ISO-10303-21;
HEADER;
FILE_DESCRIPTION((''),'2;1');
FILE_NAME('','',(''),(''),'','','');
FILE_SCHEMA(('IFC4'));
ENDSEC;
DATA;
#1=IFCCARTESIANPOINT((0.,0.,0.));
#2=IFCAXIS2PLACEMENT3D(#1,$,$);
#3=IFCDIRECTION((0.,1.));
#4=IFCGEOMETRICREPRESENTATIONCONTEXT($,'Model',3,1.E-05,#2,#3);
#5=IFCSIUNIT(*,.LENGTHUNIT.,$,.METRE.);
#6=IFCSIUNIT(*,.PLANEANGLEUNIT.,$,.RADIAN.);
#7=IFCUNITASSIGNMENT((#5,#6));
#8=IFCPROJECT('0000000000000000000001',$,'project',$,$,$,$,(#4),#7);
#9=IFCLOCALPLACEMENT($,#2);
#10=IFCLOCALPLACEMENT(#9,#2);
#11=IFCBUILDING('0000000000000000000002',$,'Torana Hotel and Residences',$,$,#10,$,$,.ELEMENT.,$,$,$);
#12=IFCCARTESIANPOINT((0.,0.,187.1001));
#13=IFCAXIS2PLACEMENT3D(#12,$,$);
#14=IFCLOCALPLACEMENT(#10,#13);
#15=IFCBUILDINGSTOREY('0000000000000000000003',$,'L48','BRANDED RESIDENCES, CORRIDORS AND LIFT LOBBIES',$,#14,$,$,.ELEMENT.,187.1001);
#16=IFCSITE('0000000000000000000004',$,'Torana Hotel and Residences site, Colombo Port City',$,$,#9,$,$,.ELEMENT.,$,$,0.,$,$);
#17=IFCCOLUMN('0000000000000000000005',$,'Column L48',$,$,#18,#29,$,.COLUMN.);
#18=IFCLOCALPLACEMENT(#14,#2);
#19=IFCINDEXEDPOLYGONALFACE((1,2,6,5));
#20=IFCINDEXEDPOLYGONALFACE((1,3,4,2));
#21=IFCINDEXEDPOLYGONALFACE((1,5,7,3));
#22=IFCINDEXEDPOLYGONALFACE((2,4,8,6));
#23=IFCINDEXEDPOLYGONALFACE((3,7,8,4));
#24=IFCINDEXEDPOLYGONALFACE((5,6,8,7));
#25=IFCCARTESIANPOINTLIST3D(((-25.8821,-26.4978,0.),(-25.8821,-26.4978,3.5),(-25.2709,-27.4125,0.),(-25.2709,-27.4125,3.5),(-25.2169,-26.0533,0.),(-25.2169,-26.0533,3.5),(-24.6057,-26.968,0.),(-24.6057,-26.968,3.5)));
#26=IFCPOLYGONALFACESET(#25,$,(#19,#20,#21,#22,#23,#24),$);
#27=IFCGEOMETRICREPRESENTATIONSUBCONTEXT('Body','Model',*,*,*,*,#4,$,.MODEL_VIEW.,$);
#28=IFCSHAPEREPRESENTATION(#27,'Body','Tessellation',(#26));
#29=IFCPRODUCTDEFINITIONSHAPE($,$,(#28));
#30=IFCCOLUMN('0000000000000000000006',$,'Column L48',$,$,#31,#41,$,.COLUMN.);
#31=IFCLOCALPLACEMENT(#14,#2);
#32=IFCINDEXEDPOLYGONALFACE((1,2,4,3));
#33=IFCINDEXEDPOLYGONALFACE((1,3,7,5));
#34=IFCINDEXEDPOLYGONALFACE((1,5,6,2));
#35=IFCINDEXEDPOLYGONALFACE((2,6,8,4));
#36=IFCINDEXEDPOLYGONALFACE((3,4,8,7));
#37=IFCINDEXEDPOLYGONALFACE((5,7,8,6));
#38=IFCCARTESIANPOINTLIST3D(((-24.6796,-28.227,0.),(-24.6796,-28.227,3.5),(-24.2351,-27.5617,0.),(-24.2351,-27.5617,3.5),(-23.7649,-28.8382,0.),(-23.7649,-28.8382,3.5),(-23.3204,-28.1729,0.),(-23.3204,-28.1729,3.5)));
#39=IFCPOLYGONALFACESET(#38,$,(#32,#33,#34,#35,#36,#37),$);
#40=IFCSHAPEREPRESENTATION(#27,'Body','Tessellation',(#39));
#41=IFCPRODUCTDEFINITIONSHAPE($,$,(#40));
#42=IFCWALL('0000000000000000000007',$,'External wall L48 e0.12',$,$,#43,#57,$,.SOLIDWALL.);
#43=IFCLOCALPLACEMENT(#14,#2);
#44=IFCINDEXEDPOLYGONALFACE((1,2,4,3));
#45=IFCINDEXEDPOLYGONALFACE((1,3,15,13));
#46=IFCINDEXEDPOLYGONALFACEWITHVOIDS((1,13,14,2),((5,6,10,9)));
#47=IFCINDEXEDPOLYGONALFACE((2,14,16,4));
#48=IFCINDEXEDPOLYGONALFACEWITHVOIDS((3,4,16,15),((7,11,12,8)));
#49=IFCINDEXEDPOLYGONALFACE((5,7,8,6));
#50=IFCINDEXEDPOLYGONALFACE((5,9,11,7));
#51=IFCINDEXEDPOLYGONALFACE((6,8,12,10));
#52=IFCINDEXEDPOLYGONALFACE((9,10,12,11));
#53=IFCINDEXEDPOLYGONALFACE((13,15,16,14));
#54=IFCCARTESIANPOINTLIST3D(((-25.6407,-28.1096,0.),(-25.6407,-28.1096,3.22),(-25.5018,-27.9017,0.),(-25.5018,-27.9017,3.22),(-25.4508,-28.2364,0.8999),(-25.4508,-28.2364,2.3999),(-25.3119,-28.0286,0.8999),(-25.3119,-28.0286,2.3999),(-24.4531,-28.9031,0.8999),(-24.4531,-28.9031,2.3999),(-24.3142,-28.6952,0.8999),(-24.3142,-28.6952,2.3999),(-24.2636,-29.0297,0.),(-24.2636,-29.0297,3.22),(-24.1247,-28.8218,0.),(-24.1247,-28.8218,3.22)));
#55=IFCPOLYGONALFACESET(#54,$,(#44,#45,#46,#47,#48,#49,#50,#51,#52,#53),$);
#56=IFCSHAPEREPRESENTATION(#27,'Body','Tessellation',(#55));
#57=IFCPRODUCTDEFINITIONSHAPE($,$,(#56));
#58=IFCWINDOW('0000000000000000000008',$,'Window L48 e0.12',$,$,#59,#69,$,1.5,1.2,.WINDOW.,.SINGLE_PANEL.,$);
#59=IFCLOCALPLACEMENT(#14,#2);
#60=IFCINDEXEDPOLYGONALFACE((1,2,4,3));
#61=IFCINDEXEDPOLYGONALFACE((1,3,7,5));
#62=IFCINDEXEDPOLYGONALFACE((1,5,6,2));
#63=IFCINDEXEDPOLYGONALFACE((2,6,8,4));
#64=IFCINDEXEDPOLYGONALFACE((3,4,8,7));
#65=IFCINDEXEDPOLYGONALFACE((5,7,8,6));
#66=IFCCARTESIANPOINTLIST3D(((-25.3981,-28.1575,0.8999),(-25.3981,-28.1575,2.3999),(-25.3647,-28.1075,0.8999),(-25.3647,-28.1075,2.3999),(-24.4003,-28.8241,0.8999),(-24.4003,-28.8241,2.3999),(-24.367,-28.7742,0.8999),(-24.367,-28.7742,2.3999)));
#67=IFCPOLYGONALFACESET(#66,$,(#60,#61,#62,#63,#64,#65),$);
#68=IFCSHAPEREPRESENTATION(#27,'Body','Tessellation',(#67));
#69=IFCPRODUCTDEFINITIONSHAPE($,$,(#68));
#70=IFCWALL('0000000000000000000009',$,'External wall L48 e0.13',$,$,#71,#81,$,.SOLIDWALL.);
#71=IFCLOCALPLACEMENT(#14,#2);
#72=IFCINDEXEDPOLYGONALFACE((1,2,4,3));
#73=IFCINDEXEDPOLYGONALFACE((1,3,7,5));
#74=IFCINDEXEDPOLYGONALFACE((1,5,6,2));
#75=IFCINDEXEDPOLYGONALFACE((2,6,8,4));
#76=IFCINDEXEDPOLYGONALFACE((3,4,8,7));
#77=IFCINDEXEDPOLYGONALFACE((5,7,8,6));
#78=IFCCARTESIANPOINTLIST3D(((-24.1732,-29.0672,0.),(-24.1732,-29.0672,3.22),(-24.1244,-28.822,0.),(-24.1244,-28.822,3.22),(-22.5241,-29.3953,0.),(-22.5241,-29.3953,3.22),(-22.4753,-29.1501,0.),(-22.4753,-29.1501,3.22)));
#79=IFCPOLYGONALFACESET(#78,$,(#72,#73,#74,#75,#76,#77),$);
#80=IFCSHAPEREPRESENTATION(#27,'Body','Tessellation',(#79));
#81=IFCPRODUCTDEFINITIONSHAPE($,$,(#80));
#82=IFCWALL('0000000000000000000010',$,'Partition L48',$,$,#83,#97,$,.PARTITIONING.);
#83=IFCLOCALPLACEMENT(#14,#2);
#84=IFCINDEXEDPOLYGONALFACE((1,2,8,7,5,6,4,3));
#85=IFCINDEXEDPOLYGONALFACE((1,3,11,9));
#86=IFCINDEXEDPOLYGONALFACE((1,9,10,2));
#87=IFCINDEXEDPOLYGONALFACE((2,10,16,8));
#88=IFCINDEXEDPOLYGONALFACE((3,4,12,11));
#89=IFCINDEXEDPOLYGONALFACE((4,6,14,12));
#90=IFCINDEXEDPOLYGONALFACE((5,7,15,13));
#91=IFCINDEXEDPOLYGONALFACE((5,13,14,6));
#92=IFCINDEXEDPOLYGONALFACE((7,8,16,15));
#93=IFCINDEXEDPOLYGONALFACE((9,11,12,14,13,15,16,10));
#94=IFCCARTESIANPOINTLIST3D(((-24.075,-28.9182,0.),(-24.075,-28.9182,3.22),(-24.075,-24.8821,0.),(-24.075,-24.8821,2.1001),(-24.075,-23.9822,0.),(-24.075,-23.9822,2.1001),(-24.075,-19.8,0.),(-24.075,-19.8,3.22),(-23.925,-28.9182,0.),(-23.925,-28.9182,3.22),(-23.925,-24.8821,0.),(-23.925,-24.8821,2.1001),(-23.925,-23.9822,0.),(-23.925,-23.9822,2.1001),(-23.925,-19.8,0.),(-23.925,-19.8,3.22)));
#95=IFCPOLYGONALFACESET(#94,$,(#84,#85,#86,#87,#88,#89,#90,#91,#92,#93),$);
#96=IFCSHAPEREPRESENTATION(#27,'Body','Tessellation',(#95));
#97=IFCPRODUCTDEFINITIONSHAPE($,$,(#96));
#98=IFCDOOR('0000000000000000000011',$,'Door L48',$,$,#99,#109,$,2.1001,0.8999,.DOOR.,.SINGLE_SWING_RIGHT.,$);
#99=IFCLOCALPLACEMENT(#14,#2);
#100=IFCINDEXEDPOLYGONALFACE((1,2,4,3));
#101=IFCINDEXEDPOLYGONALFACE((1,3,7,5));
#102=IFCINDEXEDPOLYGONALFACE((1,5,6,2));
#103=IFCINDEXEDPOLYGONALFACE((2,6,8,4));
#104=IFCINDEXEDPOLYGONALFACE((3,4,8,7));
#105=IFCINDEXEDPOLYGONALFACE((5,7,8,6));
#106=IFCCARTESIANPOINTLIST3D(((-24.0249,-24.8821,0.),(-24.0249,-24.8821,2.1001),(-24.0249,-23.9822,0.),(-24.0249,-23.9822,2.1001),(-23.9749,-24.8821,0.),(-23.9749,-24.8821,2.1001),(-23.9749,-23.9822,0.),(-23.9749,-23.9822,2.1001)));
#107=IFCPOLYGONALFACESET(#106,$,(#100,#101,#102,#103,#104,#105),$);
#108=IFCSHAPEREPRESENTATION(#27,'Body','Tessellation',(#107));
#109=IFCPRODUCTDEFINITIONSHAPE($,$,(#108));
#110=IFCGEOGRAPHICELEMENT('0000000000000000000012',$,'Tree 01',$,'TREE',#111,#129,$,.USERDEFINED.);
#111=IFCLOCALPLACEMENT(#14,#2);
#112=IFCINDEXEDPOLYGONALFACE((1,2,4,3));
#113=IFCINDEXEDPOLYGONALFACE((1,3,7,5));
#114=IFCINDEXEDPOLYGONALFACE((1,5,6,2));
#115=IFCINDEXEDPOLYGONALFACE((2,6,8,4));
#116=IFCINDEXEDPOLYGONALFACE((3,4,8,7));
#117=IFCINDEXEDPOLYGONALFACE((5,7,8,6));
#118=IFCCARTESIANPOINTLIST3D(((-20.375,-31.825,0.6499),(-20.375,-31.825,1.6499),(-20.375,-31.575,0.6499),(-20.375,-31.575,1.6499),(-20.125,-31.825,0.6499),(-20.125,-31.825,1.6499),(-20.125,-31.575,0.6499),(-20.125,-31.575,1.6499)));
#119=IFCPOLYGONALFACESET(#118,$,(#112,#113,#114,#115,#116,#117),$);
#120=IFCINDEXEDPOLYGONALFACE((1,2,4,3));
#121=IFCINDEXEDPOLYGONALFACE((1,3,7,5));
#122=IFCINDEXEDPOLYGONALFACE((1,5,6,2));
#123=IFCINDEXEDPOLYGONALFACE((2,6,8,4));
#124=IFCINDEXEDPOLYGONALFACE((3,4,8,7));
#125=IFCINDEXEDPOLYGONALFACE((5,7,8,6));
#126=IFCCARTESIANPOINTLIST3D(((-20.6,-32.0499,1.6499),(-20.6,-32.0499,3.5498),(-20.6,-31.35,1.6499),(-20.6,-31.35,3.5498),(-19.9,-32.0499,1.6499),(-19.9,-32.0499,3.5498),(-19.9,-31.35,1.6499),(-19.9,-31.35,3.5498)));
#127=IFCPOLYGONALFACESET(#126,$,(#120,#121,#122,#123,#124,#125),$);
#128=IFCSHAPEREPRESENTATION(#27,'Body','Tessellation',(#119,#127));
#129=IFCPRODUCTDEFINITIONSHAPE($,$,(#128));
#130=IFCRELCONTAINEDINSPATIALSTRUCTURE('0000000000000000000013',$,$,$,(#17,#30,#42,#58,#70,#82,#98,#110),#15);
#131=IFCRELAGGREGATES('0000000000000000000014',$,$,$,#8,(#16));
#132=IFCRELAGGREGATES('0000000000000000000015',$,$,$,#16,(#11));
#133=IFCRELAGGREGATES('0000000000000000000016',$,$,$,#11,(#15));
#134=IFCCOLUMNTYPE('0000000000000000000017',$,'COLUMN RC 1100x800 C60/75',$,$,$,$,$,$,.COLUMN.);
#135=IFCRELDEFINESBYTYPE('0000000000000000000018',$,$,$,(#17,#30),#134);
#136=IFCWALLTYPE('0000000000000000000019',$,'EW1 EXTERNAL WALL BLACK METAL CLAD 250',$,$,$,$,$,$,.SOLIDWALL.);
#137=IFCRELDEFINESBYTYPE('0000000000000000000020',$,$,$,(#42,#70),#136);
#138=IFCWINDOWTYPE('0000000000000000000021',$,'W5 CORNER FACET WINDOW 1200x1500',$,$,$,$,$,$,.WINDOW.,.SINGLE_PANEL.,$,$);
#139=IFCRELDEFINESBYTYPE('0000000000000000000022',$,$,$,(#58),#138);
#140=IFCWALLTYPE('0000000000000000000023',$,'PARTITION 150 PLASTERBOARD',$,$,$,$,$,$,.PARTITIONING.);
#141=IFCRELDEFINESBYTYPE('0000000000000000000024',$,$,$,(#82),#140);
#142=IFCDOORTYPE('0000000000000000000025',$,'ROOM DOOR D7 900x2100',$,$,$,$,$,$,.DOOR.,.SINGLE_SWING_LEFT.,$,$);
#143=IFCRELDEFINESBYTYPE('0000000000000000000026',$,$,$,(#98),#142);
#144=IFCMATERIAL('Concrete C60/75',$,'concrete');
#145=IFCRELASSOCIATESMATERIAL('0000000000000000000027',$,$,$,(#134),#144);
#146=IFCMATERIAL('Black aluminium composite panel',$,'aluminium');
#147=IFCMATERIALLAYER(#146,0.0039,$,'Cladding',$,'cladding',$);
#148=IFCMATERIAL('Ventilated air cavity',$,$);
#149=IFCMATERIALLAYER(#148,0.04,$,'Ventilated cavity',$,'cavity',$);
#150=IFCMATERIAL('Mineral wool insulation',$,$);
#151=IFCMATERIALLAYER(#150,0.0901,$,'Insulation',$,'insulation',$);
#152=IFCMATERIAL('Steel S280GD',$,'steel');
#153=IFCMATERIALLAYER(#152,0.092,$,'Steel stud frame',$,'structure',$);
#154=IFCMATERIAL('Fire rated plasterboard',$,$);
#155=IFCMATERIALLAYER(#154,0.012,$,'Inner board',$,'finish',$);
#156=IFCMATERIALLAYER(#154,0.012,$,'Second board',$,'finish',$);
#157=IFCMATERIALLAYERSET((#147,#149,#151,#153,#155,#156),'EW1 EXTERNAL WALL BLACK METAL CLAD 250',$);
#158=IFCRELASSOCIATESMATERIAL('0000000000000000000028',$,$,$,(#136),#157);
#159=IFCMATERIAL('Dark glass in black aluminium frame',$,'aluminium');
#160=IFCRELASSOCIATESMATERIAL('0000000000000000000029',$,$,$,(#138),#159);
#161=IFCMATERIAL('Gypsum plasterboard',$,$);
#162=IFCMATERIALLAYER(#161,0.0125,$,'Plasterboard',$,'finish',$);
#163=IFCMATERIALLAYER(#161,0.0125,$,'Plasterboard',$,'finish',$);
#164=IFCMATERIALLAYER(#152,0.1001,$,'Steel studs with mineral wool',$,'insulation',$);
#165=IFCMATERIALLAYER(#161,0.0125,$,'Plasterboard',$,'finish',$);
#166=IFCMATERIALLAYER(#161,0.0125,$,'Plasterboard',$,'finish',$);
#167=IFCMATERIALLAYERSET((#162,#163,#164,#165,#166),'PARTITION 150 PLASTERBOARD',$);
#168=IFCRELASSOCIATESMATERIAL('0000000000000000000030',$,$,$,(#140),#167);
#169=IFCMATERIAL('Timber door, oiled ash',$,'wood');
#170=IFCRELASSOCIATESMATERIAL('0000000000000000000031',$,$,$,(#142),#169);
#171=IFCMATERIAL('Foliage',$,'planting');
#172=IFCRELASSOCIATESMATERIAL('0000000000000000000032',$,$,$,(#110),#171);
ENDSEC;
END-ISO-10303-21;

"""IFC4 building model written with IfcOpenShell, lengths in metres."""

from ifc_helpers import new_model, si_unit, direction, frame, frame_2d, origin, origin_2d, place, context, subcontext, project, spatial, rectangle, extrude, material, layer, layer_set, material_profile, profile_set, type_object, element, fill, save


model = new_model("IFC4")

# Units and contexts
model_context = context("Model", 3, precision=1e-05, world=origin(), true_north=direction((0.0, 1.0)))
body_context = subcontext(model_context, "Body", "Model", "MODEL_VIEW")
ifc_project = project(units=[si_unit("LENGTHUNIT", "METRE"), si_unit("PLANEANGLEUNIT", "RADIAN")], contexts=[model_context])

# Site, building, storey
site_placement = place(None, origin())
site = spatial("IfcSite", under=ifc_project, at=site_placement, Name="Torana Hotel and Residences site, Colombo Port City", CompositionType="ELEMENT", RefElevation=0.0)
building_placement = place(site_placement, origin())
building = spatial("IfcBuilding", under=site, at=building_placement, Name="Torana Hotel and Residences", CompositionType="ELEMENT")
storey_placement = place(building_placement, frame((0.0, 0.0, 187.1001)))
storey = spatial("IfcBuildingStorey", under=building, at=storey_placement, Name="L48", Description="BRANDED RESIDENCES, CORRIDORS AND LIFT LOBBIES", CompositionType="ELEMENT", Elevation=187.1001)

# Columns
ifc_material_1 = material(Name="Concrete C60/75", Category="concrete")
ifc_material_profile = material_profile(ifc_material_1, rectangle(XDim=1.1001, YDim=0.8, at=origin_2d()), Name="RC 1100x800")
ifc_profile_set = profile_set([ifc_material_profile], Name="Concrete C60/75")
column_type = type_object("IfcColumnType", Name="COLUMN RC 1100x800 C60/75", PredefinedType="COLUMN", material=ifc_profile_set)
for number, where, z_axis, x_axis, name in (
    (1, (-25.2439, -26.7329, 0.0), (0.0, 0.0, 1.0), (-0.555585, 0.83146, 0.0), "Column L48"),
    (2, (-24.0, -28.2, 0.0), (0.0, 0.0, 1.0), (-0.83146, 0.555585, 0.0), "Column L48"),
):
    element("IfcColumn", number, at=place(storey_placement, frame(where, z_axis=z_axis, x_axis=x_axis)), inside=storey, type_object=column_type, Name=name, PredefinedType="COLUMN", context=body_context, shape_type="SweptSolid", body=[
        extrude(rectangle(XDim=1.1001, YDim=0.8, at=origin_2d()), origin(), (0.0, 0.0, 1.0), 3.5),
    ])

# Wall, opening, window
ifc_material_2 = material(Name="Black aluminium composite panel", Category="aluminium")
ifc_layer_1 = layer(ifc_material_2, 0.0039, Name="Cladding", Category="cladding")
ifc_material_3 = material(Name="Ventilated air cavity")
ifc_layer_2 = layer(ifc_material_3, 0.04, Name="Ventilated cavity", Category="cavity")
ifc_material_4 = material(Name="Mineral wool insulation")
ifc_layer_3 = layer(ifc_material_4, 0.0901, Name="Insulation", Category="insulation")
ifc_material_5 = material(Name="Steel S280GD", Category="steel")
ifc_layer_4 = layer(ifc_material_5, 0.092, Name="Steel stud frame", Category="structure")
ifc_material_6 = material(Name="Fire rated plasterboard")
ifc_layer_5 = layer(ifc_material_6, 0.012, Name="Inner board", Category="finish")
ifc_layer_6 = layer(ifc_material_6, 0.012, Name="Second board", Category="finish")
ifc_layer_set_1 = layer_set([ifc_layer_1, ifc_layer_2, ifc_layer_3, ifc_layer_4, ifc_layer_5, ifc_layer_6], Name="EW1 EXTERNAL WALL BLACK METAL CLAD 250")
wall_type_1 = type_object("IfcWallType", Name="EW1 EXTERNAL WALL BLACK METAL CLAD 250", PredefinedType="SOLIDWALL", material=ifc_layer_set_1)
wall_1_placement = place(storey_placement, frame((-25.5713, -28.0056, 0.0), z_axis=(0.0, 0.0, 1.0), x_axis=(0.831483, -0.55555, 0.0)))
wall_1 = element("IfcWall", 3, at=wall_1_placement, inside=storey, type_object=wall_type_1, Name="External wall L48 e0.12", PredefinedType="SOLIDWALL", context=body_context, shape_type="SweptSolid", body=[
    extrude(rectangle(XDim=1.6562, YDim=0.25, at=frame_2d((0.8281, 0.0))), origin(), (0.0, 0.0, 1.0), 3.22),
])
opening_1_placement = place(wall_1_placement, frame((0.2283, 0.0, 0.8999)))
opening_1 = element("IfcOpeningElement", 4, at=opening_1_placement, cuts=wall_1, PredefinedType="OPENING", context=body_context, shape_type="SweptSolid", body=[
    extrude(rectangle(XDim=1.2, YDim=1.5, at=frame_2d((0.6001, 0.75))), frame((0.0, 0.135, 0.0), z_axis=(0.0, -1.0, 0.0), x_axis=(1.0, 0.0, 0.0)), (0.0, 0.0, 1.0), 0.27),
])
ifc_material_7 = material(Name="Dark glass in black aluminium frame", Category="aluminium")
window_type_1 = type_object("IfcWindowType", Name="W5 CORNER FACET WINDOW 1200x1500", PartitioningType="SINGLE_PANEL", PredefinedType="WINDOW", material=ifc_material_7)
window_1_placement = place(opening_1_placement, origin())
window_1 = element("IfcWindow", 5, at=window_1_placement, inside=storey, type_object=window_type_1, Name="Window L48 e0.12", OverallHeight=1.5, OverallWidth=1.2, PartitioningType="SINGLE_PANEL", PredefinedType="WINDOW", context=body_context, shape_type="SweptSolid", body=[
    extrude(rectangle(XDim=1.2, YDim=1.5, at=frame_2d((0.6001, 0.75))), frame((0.0, 0.03, 0.0), z_axis=(0.0, -1.0, 0.0), x_axis=(1.0, 0.0, 0.0)), (0.0, 0.0, 1.0), 0.0601),
])
fill(opening_1, window_1)

# Wall
wall_2_placement = place(storey_placement, frame((-24.1489, -28.9446, 0.0), z_axis=(0.0, 0.0, 1.0), x_axis=(0.980776, -0.195139, 0.0)))
element("IfcWall", 6, at=wall_2_placement, inside=storey, type_object=wall_type_1, Name="External wall L48 e0.13", PredefinedType="SOLIDWALL", context=body_context, shape_type="SweptSolid", body=[
    extrude(rectangle(XDim=1.6814, YDim=0.25, at=frame_2d((0.8408, 0.0))), origin(), (0.0, 0.0, 1.0), 3.22),
])

# Wall, opening, door
ifc_material_8 = material(Name="Gypsum plasterboard")
ifc_layer_7 = layer(ifc_material_8, 0.0125, Name="Plasterboard", Category="finish")
ifc_layer_8 = layer(ifc_material_8, 0.0125, Name="Plasterboard", Category="finish")
ifc_layer_9 = layer(ifc_material_5, 0.1001, Name="Steel studs with mineral wool", Category="insulation")
ifc_layer_10 = layer(ifc_material_8, 0.0125, Name="Plasterboard", Category="finish")
ifc_layer_11 = layer(ifc_material_8, 0.0125, Name="Plasterboard", Category="finish")
ifc_layer_set_2 = layer_set([ifc_layer_7, ifc_layer_8, ifc_layer_9, ifc_layer_10, ifc_layer_11], Name="PARTITION 150 PLASTERBOARD")
wall_type_2 = type_object("IfcWallType", Name="PARTITION 150 PLASTERBOARD", PredefinedType="PARTITIONING", material=ifc_layer_set_2)
wall_3_placement = place(storey_placement, frame((-24.0, -28.9182, 0.0), z_axis=(0.0, 0.0, 1.0), x_axis=(0.0, 1.0, 0.0)))
wall_3 = element("IfcWall", 7, at=wall_3_placement, inside=storey, type_object=wall_type_2, Name="Partition L48", PredefinedType="PARTITIONING", context=body_context, shape_type="SweptSolid", body=[
    extrude(rectangle(XDim=9.1182, YDim=0.1499, at=frame_2d((4.5591, 0.0))), origin(), (0.0, 0.0, 1.0), 3.22),
])
opening_2_placement = place(wall_3_placement, frame((4.0361, 0.0, 0.0)))
opening_2 = element("IfcOpeningElement", 8, at=opening_2_placement, cuts=wall_3, PredefinedType="OPENING", context=body_context, shape_type="SweptSolid", body=[
    extrude(rectangle(XDim=0.8999, YDim=2.1001, at=frame_2d((0.45, 1.05))), frame((0.0, 0.085, 0.0), z_axis=(0.0, -1.0, 0.0), x_axis=(1.0, 0.0, 0.0)), (0.0, 0.0, 1.0), 0.1699),
])
ifc_material_9 = material(Name="Timber door, oiled ash", Category="wood")
door_type_1 = type_object("IfcDoorType", Name="ROOM DOOR D7 900x2100", OperationType="SINGLE_SWING_LEFT", PredefinedType="DOOR", material=ifc_material_9)
door_1_placement = place(opening_2_placement, origin())
door_1 = element("IfcDoor", 9, at=door_1_placement, inside=storey, type_object=door_type_1, Name="Door L48", OperationType="SINGLE_SWING_RIGHT", OverallHeight=2.1001, OverallWidth=0.8999, PredefinedType="DOOR", context=body_context, shape_type="SweptSolid", body=[
    extrude(rectangle(XDim=0.8999, YDim=2.1001, at=frame_2d((0.45, 1.05))), frame((0.0, 0.0249, 0.0), z_axis=(0.0, -1.0, 0.0), x_axis=(1.0, 0.0, 0.0)), (0.0, 0.0, 1.0), 0.05),
])
fill(opening_2, door_1)

# Geographic element
ifc_material_10 = material(Name="Foliage", Category="planting")
geographic_element_placement = place(storey_placement, frame((-20.25, -31.7, 0.6499), z_axis=(0.0, 0.0, 1.0), x_axis=(1.0, 0.0, 0.0)))
element("IfcGeographicElement", 10, at=geographic_element_placement, inside=storey, material=ifc_material_10, Name="Tree 01", ObjectType="TREE", PredefinedType="USERDEFINED", context=body_context, shape_type="SweptSolid", body=[
    extrude(rectangle(XDim=0.25, YDim=0.25, at=origin_2d()), origin(), (0.0, 0.0, 1.0), 1.0),
    extrude(rectangle(XDim=0.7, YDim=0.7, at=origin_2d()), frame((0.0, 0.0, 1.0)), (0.0, 0.0, 1.0), 1.8999),
])

save(model, "model.ifc")
